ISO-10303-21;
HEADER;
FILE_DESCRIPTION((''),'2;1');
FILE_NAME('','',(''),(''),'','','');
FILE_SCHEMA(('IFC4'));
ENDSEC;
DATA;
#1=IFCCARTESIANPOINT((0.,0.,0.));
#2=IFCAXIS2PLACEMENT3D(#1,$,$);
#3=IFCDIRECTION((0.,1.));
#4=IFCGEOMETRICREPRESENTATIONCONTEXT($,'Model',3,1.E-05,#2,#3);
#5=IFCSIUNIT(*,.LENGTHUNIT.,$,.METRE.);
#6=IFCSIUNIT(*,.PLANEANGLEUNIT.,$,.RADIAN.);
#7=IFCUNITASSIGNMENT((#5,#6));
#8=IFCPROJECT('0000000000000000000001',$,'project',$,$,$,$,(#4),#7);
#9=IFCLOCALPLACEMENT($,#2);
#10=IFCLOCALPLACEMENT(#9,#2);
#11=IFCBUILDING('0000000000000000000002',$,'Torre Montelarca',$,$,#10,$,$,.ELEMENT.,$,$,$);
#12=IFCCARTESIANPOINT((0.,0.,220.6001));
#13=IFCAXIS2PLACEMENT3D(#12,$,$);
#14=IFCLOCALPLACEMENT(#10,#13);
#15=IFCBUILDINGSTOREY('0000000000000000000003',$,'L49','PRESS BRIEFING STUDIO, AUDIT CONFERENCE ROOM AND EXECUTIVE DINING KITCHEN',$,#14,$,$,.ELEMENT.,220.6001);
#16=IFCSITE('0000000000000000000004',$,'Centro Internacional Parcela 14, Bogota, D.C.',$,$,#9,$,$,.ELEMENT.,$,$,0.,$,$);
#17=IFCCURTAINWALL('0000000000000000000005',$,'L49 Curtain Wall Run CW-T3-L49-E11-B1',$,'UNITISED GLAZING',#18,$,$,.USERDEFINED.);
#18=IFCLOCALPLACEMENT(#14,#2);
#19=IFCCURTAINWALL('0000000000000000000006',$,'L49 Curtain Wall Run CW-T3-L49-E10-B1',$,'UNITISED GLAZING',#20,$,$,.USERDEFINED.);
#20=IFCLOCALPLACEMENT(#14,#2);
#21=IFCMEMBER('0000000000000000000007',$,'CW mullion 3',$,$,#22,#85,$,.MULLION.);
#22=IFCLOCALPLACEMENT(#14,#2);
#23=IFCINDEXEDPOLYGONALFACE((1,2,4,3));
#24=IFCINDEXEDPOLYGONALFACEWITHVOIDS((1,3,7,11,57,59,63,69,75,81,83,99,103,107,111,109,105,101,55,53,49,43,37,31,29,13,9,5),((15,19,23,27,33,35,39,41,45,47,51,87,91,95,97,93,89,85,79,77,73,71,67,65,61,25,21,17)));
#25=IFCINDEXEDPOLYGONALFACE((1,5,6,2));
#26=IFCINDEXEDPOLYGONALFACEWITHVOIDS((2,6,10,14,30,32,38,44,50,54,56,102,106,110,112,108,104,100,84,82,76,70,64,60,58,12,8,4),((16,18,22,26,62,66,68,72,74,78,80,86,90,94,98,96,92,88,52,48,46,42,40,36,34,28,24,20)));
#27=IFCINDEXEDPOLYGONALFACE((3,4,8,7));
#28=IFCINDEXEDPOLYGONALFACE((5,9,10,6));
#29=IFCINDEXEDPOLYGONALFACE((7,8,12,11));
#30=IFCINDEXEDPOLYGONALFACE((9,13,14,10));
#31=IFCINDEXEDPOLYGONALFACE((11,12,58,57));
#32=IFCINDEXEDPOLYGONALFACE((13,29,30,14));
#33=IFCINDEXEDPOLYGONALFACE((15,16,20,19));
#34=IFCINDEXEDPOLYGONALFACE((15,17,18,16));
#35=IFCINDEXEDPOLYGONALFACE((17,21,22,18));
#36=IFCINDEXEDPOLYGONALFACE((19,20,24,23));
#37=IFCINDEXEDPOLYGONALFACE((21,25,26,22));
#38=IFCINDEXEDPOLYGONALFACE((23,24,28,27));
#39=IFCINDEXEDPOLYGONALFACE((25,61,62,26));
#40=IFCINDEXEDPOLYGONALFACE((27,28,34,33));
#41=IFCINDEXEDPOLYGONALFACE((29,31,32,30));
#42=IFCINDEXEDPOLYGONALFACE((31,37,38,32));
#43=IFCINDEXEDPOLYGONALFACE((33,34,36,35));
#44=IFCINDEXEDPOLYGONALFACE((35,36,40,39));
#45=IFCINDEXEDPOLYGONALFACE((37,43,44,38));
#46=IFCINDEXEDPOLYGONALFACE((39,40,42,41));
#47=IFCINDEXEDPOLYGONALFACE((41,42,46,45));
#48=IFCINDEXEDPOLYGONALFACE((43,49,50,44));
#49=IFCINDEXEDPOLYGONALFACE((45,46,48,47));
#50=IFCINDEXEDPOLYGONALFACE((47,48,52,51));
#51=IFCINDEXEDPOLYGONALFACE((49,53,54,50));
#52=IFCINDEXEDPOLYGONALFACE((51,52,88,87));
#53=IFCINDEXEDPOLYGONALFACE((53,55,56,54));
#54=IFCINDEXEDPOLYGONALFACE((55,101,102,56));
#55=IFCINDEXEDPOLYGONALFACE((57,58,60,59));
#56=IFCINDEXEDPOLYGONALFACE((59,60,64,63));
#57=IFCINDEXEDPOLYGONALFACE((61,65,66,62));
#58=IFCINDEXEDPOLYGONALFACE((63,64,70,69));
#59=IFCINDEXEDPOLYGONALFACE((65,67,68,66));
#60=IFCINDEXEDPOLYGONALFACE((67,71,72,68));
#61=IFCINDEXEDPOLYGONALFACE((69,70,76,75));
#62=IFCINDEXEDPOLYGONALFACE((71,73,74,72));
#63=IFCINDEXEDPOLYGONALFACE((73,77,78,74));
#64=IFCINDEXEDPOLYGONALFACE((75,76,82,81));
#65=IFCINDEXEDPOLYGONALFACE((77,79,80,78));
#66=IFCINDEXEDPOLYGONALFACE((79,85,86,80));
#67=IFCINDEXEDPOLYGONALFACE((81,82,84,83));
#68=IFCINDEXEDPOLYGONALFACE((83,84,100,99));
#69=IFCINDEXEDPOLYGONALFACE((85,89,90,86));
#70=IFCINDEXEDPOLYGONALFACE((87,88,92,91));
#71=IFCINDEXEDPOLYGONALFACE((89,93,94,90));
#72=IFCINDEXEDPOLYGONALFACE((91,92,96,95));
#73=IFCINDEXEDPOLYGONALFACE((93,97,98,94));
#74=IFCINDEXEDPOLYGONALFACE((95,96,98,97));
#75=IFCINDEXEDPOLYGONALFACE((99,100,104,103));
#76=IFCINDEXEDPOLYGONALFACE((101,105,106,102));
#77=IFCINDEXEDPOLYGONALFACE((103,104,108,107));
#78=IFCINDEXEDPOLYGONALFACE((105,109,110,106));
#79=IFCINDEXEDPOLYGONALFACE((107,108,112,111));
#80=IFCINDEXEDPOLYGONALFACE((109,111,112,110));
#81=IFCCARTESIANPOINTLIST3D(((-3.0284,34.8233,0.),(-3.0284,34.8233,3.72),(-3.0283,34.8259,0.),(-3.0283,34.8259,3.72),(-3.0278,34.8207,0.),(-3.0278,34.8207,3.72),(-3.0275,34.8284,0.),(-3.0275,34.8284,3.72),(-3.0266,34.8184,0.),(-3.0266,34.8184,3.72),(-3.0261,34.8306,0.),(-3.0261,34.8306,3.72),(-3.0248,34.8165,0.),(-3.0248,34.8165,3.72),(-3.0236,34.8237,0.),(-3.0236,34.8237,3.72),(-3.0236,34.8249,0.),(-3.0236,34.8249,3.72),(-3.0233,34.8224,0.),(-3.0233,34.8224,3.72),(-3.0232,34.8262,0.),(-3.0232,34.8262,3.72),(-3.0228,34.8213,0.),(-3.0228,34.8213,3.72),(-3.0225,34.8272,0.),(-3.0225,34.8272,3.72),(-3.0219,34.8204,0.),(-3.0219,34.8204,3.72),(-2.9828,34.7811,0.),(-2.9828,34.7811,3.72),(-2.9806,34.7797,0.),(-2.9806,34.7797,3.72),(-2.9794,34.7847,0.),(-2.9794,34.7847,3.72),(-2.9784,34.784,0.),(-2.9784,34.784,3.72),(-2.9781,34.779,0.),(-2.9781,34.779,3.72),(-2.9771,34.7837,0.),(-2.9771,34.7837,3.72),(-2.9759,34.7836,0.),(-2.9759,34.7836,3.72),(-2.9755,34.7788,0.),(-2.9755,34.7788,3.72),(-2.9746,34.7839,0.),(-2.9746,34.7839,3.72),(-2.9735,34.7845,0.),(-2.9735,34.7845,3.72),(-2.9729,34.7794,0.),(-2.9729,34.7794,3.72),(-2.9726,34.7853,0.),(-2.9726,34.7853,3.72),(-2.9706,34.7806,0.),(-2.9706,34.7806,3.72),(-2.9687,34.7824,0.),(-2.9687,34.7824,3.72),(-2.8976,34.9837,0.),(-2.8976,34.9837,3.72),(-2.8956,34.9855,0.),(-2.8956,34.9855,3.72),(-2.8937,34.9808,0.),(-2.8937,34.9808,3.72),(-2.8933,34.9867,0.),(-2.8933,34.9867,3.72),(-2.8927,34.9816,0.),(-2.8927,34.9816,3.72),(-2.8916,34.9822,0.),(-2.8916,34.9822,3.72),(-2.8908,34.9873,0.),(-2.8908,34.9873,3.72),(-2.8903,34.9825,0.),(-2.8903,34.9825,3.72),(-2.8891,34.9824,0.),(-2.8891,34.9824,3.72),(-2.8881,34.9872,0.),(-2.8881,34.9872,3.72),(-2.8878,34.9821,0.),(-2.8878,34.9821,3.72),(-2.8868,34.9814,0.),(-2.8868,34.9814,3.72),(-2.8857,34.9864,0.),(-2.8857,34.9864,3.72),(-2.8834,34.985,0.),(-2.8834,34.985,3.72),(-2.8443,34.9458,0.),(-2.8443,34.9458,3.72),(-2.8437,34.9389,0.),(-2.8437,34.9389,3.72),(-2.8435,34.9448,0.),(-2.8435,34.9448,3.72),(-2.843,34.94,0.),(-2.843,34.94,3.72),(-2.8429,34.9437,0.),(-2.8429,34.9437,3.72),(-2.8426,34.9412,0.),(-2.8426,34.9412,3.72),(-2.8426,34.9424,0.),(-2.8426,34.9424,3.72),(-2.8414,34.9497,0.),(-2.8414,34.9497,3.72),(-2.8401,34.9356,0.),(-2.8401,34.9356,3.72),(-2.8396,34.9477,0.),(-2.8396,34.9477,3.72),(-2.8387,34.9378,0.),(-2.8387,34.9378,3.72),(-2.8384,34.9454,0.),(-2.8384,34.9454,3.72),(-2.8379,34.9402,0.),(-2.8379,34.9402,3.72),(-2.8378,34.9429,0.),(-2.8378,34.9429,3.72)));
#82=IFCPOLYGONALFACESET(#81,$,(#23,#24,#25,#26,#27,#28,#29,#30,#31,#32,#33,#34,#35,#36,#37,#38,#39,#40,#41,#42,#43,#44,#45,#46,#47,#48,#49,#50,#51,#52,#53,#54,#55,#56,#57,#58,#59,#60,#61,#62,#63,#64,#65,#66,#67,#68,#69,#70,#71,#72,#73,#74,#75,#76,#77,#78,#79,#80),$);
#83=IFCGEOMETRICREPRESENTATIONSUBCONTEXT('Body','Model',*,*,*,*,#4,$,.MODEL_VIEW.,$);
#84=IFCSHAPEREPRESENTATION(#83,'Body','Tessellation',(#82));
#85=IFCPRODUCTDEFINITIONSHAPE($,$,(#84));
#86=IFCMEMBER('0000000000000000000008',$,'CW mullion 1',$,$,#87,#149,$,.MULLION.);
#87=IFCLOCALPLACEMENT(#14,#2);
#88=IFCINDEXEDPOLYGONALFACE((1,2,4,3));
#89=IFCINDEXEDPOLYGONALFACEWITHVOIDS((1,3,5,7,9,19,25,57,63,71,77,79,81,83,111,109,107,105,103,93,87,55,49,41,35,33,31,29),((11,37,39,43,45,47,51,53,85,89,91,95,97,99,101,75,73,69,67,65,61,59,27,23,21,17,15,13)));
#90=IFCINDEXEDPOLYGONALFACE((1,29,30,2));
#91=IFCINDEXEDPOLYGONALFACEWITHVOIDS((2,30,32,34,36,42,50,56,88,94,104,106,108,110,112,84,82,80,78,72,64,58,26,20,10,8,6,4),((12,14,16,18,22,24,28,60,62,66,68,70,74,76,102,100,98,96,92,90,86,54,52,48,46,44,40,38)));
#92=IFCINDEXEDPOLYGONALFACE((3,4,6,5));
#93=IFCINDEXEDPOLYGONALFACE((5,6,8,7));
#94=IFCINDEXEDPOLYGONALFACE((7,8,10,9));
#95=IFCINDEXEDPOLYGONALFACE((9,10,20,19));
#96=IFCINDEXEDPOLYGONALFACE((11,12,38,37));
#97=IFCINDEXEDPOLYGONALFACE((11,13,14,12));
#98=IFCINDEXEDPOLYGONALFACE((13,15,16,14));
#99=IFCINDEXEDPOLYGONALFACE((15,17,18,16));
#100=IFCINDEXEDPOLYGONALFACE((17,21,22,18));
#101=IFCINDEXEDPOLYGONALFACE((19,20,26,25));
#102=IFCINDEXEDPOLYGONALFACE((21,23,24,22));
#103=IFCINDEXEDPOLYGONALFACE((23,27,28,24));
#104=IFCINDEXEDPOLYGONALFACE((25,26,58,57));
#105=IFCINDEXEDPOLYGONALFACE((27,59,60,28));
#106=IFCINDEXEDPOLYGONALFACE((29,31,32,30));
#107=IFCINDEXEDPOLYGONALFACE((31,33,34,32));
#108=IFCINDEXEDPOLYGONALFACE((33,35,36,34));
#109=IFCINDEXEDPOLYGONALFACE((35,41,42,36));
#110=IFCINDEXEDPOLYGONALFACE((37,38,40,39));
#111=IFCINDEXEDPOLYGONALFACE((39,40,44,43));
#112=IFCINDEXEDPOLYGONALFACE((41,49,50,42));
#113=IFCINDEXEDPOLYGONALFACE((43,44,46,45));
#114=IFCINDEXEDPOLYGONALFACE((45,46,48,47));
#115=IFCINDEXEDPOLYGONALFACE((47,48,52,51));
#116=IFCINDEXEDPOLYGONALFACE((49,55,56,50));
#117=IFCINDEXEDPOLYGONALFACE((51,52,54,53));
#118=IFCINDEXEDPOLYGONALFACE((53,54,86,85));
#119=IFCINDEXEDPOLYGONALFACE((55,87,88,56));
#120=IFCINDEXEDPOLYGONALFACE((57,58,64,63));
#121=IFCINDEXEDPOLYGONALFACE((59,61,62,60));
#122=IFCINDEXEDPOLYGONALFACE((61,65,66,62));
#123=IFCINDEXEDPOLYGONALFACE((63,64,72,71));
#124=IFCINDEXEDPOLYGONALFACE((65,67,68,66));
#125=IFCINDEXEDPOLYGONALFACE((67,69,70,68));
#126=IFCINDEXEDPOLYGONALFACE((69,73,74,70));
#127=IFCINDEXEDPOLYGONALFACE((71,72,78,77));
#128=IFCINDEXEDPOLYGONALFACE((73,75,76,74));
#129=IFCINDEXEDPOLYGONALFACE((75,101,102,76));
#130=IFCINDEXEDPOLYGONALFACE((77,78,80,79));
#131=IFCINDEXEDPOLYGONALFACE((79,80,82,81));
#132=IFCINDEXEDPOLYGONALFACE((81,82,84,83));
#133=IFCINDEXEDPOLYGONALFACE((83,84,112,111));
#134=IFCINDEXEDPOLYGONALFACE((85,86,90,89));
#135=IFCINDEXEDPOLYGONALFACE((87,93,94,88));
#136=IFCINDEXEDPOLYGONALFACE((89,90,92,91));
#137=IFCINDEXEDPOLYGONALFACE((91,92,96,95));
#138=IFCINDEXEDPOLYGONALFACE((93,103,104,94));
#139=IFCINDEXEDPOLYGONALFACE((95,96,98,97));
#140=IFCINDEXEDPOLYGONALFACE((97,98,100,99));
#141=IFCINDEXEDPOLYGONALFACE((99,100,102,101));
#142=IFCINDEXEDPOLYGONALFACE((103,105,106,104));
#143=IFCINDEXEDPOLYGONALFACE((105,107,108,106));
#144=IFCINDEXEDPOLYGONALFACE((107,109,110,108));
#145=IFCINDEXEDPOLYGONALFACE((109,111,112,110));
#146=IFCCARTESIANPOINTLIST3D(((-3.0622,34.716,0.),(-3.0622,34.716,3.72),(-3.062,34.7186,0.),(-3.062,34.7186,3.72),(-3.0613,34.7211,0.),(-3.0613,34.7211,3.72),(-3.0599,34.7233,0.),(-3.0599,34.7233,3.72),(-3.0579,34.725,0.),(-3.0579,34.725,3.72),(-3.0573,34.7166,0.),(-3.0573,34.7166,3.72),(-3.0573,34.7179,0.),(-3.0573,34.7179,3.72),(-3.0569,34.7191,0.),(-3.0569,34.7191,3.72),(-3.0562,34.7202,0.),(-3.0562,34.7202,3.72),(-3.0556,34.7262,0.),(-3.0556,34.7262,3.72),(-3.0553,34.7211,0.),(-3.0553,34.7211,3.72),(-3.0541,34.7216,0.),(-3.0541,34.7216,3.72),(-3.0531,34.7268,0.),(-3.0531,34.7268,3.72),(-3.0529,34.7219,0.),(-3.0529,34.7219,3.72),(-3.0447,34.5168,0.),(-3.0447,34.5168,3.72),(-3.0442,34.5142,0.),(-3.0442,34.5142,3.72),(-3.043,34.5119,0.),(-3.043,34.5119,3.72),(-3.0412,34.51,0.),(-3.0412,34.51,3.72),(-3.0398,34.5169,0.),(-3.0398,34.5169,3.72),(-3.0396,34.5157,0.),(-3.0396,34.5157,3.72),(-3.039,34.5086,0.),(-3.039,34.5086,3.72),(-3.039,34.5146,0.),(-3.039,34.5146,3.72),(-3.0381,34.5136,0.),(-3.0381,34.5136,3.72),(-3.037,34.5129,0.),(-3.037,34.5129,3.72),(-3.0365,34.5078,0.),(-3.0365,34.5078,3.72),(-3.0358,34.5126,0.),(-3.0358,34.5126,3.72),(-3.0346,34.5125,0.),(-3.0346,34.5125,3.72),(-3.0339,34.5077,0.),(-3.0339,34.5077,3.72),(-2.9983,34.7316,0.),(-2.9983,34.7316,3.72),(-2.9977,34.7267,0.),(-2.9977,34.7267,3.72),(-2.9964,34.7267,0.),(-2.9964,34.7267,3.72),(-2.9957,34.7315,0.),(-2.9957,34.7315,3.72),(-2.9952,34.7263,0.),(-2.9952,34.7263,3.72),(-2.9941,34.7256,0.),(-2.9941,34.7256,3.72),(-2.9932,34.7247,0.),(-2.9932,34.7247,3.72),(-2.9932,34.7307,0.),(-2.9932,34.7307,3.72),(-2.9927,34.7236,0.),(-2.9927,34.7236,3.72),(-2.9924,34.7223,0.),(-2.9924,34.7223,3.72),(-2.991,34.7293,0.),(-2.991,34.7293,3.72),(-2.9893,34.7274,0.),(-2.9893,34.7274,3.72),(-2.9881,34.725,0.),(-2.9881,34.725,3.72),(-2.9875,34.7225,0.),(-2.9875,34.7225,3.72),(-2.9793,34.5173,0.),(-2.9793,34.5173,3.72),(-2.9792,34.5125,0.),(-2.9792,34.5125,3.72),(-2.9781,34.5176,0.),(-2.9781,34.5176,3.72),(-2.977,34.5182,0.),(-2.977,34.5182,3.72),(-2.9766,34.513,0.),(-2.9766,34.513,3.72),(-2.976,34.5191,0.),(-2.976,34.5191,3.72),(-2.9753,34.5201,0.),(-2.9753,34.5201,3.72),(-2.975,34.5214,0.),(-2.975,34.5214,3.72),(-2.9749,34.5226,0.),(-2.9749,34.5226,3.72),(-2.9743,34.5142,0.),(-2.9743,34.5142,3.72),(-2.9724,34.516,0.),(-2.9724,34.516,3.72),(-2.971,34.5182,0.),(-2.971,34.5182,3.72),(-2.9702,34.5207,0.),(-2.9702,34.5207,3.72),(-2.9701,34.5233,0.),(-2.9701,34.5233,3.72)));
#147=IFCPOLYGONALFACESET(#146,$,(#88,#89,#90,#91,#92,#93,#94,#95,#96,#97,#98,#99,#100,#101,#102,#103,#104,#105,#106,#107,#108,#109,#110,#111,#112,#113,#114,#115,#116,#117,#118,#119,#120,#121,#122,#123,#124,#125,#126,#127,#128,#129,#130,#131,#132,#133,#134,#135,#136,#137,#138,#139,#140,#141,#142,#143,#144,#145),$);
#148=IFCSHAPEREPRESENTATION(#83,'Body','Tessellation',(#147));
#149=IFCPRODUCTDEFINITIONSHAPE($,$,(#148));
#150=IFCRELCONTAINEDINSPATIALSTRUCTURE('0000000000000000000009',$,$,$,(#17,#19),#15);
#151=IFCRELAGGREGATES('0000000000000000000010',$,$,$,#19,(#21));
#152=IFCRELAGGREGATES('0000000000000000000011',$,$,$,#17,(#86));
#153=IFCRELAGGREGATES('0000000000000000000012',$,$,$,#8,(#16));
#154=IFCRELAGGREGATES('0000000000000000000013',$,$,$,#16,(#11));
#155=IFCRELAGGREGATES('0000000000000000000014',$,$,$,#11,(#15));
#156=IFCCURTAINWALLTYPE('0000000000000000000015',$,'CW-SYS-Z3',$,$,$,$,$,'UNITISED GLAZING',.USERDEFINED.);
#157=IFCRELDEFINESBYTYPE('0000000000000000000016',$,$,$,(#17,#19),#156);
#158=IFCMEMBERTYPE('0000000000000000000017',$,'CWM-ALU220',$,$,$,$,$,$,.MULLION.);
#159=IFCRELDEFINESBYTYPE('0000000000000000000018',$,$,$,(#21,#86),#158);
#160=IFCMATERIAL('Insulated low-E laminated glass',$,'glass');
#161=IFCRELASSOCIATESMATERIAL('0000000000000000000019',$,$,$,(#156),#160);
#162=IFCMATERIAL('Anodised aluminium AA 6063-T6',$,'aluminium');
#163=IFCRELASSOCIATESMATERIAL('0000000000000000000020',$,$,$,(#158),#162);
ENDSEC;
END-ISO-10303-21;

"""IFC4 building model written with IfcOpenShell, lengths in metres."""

from ifc_helpers import new_model, si_unit, direction, frame, origin, origin_2d, place, context, subcontext, project, spatial, hollow_rectangle, extrude, source, transform, mapped, material, material_profile, profile_set, type_object, element, aggregate, save


model = new_model("IFC4")

# Units and contexts
model_context = context("Model", 3, precision=1e-05, world=origin(), true_north=direction((0.0, 1.0)))
body_context = subcontext(model_context, "Body", "Model", "MODEL_VIEW")
ifc_project = project(units=[si_unit("LENGTHUNIT", "METRE"), si_unit("PLANEANGLEUNIT", "RADIAN")], contexts=[model_context])

# Site, building, storey
site_placement = place(None, origin())
site = spatial("IfcSite", under=ifc_project, at=site_placement, Name="Centro Internacional Parcela 14, Bogota, D.C.", CompositionType="ELEMENT", RefElevation=0.0)
building_placement = place(site_placement, origin())
building = spatial("IfcBuilding", under=site, at=building_placement, Name="Torre Montelarca", CompositionType="ELEMENT")
storey_placement = place(building_placement, frame((0.0, 0.0, 220.6001)))
storey = spatial("IfcBuildingStorey", under=building, at=storey_placement, Name="L49", Description="PRESS BRIEFING STUDIO, AUDIT CONFERENCE ROOM AND EXECUTIVE DINING KITCHEN", CompositionType="ELEMENT", Elevation=220.6001)

# Curtain wall
ifc_material_1 = material(Name="Insulated low-E laminated glass", Category="glass")
curtain_wall_type = type_object("IfcCurtainWallType", Name="CW-SYS-Z3", ElementType="UNITISED GLAZING", PredefinedType="USERDEFINED", material=ifc_material_1)
curtain_wall_1_placement = place(storey_placement, origin())
curtain_wall_1 = element("IfcCurtainWall", 1, at=curtain_wall_1_placement, inside=storey, type_object=curtain_wall_type, Name="L49 Curtain Wall Run CW-T3-L49-E11-B1", ObjectType="UNITISED GLAZING", PredefinedType="USERDEFINED")
ifc_material_2 = material(Name="Anodised aluminium AA 6063-T6", Category="aluminium")

# Curtain wall, member
curtain_wall_2_placement = place(storey_placement, origin())
curtain_wall_2 = element("IfcCurtainWall", 2, at=curtain_wall_2_placement, inside=storey, type_object=curtain_wall_type, Name="L49 Curtain Wall Run CW-T3-L49-E10-B1", ObjectType="UNITISED GLAZING", PredefinedType="USERDEFINED")
ifc_material_profile_1 = material_profile(ifc_material_2, hollow_rectangle(XDim=0.075, YDim=0.22, WallThickness=0.0049, InnerFilletRadius=0.0049, OuterFilletRadius=0.01, at=origin_2d()), Name="ALU75X220X5", Category="aluminium")
ifc_profile_set_1 = profile_set([ifc_material_profile_1], Name="Anodised aluminium AA 6063-T6")
member_type_1 = type_object("IfcMemberType", Name="CWM-ALU220", PredefinedType="MULLION", material=ifc_profile_set_1)
shared_shape_1 = source(origin(), body_context, "Body", "SweptSolid", [
    extrude(hollow_rectangle(XDim=0.075, YDim=0.22, WallThickness=0.0049, InnerFilletRadius=0.0049, OuterFilletRadius=0.01, at=origin_2d()), origin(), (0.0, 0.0, 1.0), 3.72),
])
member_1_placement = place(storey_placement, frame((-2.9331, 34.8831, 0.0), z_axis=(0.0, 0.0, 1.0), x_axis=(0.766044, -0.642788, 0.0)))
member_1 = element("IfcMember", 3, at=member_1_placement, type_object=member_type_1, Name="CW mullion 3", PredefinedType="MULLION", context=body_context, shape_type="MappedRepresentation", body=[
    mapped(shared_shape_1, transform((0.0, 0.0, 0.0), scale=1.0)),
])
aggregate(curtain_wall_2, [member_1])

# Member
member_2_placement = place(storey_placement, frame((-3.0161, 34.6196, 0.0), z_axis=(0.0, 0.0, 1.0), x_axis=(0.996194, 0.087166, 0.0)))
member_2 = element("IfcMember", 4, at=member_2_placement, type_object=member_type_1, Name="CW mullion 1", PredefinedType="MULLION", context=body_context, shape_type="MappedRepresentation", body=[
    mapped(shared_shape_1, transform((0.0, 0.0, 0.0), scale=1.0)),
])

aggregate(curtain_wall_1, [member_2])

save(model, "model.ifc")
